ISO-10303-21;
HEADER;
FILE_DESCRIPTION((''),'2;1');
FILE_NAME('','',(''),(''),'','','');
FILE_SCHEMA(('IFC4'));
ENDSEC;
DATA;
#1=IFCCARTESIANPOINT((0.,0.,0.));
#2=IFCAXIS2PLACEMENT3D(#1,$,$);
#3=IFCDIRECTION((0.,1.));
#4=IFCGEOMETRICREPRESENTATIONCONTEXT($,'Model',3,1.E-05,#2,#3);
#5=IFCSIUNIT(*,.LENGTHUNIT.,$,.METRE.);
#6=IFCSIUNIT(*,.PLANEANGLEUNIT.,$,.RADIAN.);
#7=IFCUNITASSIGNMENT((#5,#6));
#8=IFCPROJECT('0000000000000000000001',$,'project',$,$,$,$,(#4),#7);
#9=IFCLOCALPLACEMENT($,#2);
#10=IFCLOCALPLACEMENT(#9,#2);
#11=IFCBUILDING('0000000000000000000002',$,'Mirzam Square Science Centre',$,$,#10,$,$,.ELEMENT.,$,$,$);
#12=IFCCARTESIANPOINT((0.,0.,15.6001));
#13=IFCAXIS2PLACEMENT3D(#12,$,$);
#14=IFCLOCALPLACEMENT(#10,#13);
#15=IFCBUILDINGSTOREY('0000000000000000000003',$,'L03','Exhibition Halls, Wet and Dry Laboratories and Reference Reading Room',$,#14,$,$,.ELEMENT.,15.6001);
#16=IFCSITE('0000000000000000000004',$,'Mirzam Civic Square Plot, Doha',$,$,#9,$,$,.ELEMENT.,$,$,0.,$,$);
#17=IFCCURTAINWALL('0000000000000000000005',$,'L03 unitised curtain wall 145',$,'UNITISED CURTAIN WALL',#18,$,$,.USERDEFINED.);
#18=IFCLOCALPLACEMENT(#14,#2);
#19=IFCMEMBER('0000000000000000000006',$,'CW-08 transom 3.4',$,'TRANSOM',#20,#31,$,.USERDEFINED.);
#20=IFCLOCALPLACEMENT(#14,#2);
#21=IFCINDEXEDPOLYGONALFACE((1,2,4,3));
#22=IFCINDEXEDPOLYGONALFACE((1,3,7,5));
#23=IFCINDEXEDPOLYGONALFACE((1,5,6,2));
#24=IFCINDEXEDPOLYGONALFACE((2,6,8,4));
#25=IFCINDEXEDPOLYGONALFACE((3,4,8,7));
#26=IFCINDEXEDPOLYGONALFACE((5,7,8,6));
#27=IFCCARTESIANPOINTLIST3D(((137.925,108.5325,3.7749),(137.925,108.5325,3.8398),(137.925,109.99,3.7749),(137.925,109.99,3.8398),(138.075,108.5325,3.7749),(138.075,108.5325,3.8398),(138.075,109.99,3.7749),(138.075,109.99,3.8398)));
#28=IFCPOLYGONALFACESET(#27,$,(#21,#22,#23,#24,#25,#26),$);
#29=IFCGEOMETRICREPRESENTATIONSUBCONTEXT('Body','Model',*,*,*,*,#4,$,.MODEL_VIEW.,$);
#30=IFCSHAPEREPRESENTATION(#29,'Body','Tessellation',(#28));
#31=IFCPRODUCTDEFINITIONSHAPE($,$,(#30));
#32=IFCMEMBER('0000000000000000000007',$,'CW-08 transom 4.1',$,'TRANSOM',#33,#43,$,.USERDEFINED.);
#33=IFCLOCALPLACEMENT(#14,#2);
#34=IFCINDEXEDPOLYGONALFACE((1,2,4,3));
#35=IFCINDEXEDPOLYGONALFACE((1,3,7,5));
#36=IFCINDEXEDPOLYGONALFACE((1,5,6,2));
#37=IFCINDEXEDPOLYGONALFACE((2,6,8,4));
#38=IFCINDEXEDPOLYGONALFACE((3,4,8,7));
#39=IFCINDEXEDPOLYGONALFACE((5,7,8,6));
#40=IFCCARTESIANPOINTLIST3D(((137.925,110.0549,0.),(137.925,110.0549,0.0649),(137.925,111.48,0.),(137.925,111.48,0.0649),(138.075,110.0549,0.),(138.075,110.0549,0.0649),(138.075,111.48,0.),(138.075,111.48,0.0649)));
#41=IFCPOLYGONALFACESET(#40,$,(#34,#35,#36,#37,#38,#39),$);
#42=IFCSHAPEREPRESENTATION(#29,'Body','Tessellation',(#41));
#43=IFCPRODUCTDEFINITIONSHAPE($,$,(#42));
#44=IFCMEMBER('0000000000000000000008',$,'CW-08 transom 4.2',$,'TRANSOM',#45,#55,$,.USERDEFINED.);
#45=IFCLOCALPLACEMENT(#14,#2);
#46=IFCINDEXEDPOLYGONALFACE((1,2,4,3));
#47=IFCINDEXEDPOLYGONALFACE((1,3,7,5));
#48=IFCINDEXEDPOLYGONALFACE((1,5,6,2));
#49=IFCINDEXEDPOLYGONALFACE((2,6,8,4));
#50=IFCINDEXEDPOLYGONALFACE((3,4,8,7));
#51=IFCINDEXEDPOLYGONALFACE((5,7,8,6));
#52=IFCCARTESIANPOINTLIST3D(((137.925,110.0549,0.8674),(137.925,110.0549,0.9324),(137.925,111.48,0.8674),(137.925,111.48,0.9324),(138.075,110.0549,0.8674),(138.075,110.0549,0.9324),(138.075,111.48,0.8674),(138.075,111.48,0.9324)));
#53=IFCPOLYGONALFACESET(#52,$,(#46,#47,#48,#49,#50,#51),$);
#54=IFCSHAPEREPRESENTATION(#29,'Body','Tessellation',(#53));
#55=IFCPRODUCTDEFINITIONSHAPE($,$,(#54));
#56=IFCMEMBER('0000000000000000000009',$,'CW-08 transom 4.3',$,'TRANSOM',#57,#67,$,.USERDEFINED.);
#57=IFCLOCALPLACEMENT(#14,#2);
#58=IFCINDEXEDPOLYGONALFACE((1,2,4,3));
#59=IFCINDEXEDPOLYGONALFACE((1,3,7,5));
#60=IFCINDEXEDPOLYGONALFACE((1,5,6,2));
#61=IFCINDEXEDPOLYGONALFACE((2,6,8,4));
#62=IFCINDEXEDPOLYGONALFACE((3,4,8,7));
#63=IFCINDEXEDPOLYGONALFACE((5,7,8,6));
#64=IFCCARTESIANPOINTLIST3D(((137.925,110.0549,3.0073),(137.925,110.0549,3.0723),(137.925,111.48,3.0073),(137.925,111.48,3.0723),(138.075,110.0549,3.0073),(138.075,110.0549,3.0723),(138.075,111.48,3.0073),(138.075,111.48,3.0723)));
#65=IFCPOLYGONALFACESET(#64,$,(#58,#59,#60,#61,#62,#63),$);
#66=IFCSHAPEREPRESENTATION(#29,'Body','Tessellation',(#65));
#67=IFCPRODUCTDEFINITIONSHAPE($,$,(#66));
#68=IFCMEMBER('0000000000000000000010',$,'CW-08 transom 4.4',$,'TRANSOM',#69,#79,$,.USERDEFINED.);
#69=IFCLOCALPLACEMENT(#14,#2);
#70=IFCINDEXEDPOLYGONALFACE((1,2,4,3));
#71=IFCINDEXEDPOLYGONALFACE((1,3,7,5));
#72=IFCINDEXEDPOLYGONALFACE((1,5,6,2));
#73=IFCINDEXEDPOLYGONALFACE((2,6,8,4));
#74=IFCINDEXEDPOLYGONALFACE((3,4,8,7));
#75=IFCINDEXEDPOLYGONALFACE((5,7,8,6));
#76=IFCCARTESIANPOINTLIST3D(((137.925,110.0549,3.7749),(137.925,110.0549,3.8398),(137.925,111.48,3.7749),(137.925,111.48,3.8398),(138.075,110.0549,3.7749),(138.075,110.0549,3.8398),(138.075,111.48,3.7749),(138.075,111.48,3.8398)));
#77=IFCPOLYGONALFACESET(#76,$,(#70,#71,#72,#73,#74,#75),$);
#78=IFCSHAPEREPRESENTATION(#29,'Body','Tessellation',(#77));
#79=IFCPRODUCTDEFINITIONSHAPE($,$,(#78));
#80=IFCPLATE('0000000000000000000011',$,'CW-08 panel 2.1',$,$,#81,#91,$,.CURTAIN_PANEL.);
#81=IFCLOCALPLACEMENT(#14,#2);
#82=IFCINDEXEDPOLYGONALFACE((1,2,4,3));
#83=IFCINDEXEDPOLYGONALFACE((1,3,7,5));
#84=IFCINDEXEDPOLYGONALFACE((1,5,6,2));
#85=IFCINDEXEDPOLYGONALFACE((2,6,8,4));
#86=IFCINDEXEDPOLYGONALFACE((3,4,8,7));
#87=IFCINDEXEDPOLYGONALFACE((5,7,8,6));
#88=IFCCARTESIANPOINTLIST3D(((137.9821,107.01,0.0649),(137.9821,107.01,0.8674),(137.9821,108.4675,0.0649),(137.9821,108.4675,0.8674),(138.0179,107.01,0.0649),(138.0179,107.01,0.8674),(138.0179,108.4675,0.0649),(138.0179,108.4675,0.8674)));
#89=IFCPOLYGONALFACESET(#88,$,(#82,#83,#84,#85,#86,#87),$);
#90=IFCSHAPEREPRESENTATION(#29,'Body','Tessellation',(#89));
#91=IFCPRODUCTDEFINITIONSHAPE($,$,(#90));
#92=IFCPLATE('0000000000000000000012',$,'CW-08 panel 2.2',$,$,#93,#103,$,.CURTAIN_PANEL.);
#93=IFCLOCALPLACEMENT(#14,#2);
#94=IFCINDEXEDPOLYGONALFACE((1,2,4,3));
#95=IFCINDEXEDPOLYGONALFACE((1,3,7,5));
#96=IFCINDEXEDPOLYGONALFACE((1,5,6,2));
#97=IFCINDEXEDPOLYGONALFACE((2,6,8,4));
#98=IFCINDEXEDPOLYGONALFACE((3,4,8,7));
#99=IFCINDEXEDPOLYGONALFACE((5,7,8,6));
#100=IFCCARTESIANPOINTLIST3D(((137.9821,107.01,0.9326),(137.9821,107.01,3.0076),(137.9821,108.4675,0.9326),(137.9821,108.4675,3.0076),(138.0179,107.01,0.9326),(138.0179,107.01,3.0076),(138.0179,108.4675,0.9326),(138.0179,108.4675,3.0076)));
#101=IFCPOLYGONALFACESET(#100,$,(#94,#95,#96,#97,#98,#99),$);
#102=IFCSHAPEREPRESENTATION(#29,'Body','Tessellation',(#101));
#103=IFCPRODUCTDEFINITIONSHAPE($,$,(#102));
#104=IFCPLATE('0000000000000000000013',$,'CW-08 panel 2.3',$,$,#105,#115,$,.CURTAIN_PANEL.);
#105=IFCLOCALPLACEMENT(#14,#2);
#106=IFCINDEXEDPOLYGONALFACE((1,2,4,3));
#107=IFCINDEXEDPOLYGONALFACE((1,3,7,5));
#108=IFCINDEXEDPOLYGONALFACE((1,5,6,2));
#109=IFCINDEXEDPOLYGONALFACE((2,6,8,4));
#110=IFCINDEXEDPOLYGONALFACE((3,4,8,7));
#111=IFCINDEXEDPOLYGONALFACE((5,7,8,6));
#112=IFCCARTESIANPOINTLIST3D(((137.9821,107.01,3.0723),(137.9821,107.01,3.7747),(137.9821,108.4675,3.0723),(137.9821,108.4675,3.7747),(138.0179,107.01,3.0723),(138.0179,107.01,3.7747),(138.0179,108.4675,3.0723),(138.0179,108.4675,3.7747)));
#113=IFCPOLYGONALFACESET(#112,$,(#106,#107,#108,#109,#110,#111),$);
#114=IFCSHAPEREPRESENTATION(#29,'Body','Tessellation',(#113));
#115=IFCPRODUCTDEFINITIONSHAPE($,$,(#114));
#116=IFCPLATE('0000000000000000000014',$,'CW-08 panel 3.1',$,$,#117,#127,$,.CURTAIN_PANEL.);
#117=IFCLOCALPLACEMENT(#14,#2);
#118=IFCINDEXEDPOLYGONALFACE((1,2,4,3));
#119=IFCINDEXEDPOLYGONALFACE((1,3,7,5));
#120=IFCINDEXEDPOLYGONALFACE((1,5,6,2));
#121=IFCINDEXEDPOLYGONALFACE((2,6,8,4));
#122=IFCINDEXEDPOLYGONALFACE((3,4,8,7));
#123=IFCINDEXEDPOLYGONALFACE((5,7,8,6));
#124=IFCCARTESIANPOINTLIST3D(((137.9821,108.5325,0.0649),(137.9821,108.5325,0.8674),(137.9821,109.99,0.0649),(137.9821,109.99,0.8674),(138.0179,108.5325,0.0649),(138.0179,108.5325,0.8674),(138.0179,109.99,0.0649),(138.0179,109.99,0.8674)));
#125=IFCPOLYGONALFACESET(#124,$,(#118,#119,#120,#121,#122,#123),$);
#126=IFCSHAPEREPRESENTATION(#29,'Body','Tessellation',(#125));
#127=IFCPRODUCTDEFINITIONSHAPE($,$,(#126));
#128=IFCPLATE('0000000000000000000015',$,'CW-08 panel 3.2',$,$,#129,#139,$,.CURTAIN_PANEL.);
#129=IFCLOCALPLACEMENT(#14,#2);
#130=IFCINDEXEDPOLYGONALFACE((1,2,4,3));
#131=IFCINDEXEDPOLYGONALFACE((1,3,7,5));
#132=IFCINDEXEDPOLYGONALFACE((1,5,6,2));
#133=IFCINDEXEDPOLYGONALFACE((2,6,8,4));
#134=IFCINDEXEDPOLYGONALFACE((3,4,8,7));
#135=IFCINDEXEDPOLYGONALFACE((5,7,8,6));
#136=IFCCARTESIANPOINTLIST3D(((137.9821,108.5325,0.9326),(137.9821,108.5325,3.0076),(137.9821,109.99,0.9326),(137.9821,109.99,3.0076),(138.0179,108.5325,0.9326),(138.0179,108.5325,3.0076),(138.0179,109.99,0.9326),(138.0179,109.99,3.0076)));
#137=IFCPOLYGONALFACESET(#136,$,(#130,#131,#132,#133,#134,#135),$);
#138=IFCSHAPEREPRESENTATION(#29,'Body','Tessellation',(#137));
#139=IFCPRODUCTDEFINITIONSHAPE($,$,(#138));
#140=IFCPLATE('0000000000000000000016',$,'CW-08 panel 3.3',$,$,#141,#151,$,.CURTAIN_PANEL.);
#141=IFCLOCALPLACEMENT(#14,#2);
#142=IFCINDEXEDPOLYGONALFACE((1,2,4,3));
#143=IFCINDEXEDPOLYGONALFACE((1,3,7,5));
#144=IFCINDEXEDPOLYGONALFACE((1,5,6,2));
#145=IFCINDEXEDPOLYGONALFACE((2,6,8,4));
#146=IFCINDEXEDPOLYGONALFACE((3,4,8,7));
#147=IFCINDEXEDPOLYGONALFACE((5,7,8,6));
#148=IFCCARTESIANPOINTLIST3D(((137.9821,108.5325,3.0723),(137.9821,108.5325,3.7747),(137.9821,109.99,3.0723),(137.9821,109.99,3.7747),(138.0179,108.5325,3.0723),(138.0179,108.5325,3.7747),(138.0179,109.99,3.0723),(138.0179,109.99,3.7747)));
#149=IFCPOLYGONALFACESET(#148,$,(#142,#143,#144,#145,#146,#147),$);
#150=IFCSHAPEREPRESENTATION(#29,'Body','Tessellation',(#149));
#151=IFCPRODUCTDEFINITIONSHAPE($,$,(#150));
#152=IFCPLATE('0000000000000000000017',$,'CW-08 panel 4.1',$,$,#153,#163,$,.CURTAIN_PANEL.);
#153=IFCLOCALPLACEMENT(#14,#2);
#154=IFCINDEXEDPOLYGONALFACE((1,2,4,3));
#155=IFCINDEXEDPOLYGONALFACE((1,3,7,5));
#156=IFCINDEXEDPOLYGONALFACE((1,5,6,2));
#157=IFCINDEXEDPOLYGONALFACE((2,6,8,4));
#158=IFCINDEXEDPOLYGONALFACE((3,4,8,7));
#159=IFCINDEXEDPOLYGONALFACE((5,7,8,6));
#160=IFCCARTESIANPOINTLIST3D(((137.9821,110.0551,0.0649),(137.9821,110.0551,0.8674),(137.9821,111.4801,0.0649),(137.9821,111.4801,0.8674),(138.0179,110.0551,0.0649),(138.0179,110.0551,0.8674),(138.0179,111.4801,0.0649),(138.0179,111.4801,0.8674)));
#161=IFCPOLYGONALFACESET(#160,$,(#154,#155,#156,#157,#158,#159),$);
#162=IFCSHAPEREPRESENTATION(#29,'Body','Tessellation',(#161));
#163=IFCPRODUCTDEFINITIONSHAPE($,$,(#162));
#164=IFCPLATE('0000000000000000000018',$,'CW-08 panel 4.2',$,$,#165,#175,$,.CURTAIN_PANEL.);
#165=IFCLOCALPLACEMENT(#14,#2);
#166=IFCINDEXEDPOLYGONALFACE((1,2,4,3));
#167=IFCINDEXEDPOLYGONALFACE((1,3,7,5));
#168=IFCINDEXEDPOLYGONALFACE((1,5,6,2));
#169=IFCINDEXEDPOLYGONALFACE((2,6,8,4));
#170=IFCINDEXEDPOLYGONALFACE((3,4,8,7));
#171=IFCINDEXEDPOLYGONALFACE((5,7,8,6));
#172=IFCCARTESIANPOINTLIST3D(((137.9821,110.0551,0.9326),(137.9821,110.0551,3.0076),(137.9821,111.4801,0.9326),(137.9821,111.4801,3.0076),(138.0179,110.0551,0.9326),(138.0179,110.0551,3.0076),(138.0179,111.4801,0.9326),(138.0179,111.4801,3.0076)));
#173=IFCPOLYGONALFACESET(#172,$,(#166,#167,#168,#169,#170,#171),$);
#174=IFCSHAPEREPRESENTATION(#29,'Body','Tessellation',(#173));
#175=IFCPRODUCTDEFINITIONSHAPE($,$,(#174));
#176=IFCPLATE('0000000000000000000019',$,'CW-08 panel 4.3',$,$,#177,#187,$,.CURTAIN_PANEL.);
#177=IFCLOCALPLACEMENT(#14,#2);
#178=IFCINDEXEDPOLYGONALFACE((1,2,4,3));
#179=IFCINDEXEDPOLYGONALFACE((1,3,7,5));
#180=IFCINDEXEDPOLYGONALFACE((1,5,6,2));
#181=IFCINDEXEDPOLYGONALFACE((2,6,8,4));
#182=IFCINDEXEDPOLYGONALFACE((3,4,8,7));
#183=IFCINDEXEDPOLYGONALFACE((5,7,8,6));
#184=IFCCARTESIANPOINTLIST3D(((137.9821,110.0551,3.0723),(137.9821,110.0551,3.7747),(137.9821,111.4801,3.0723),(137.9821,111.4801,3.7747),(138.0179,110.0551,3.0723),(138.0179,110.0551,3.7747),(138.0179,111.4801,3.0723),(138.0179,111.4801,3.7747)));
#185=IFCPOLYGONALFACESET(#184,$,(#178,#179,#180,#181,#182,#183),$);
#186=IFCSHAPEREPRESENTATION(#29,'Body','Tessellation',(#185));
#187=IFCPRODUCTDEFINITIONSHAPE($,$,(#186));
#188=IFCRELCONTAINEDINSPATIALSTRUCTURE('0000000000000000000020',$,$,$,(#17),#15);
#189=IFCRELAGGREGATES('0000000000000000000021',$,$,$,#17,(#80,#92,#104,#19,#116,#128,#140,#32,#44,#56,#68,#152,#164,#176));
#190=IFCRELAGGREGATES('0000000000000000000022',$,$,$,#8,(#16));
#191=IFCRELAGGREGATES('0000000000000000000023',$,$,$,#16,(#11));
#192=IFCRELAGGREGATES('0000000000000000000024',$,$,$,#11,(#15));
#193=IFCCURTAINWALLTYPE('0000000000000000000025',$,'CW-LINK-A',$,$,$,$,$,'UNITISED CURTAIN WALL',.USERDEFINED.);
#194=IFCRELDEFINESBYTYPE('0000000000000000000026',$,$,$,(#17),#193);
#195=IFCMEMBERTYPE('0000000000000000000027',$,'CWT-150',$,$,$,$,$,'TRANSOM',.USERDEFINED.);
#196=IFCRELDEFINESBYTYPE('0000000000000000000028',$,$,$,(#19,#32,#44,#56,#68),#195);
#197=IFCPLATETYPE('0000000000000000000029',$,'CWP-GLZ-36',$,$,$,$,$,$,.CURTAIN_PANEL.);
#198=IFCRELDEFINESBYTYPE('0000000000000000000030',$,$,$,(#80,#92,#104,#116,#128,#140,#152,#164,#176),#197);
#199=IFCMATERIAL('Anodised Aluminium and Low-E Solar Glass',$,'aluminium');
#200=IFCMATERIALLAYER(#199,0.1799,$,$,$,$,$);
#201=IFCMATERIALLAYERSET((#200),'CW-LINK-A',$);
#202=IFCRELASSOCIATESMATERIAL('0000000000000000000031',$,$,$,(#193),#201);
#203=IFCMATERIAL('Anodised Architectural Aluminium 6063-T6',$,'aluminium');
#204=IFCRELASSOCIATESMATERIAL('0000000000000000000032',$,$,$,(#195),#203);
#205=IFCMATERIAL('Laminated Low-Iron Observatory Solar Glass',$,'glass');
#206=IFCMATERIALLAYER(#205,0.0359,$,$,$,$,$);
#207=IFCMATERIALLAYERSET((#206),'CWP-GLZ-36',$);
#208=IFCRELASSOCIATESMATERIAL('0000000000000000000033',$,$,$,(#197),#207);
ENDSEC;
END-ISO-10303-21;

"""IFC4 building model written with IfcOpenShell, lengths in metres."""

from ifc_helpers import new_model, si_unit, direction, frame, origin, origin_2d, place, context, subcontext, project, spatial, rectangle, extrude, material, layer, layer_set, material_profile, profile_set, type_object, element, aggregate, save


model = new_model("IFC4")

# Units and contexts
model_context = context("Model", 3, precision=1e-05, world=origin(), true_north=direction((0.0, 1.0)))
body_context = subcontext(model_context, "Body", "Model", "MODEL_VIEW")
ifc_project = project(units=[si_unit("LENGTHUNIT", "METRE"), si_unit("PLANEANGLEUNIT", "RADIAN")], contexts=[model_context])

# Site, building, storey
site_placement = place(None, origin())
site = spatial("IfcSite", under=ifc_project, at=site_placement, Name="Mirzam Civic Square Plot, Doha", CompositionType="ELEMENT", RefElevation=0.0)
building_placement = place(site_placement, origin())
building = spatial("IfcBuilding", under=site, at=building_placement, Name="Mirzam Square Science Centre", CompositionType="ELEMENT")
storey_placement = place(building_placement, frame((0.0, 0.0, 15.6001)))
storey = spatial("IfcBuildingStorey", under=building, at=storey_placement, Name="L03", Description="Exhibition Halls, Wet and Dry Laboratories and Reference Reading Room", CompositionType="ELEMENT", Elevation=15.6001)

# Curtain wall, members, plates
ifc_material_1 = material(Name="Anodised Aluminium and Low-E Solar Glass", Category="aluminium")
ifc_layer_1 = layer(ifc_material_1, 0.1799)
ifc_layer_set_1 = layer_set([ifc_layer_1], Name="CW-LINK-A")
curtain_wall_type = type_object("IfcCurtainWallType", Name="CW-LINK-A", ElementType="UNITISED CURTAIN WALL", PredefinedType="USERDEFINED", material=ifc_layer_set_1)
curtain_wall_placement = place(storey_placement, origin())
curtain_wall = element("IfcCurtainWall", 1, at=curtain_wall_placement, inside=storey, type_object=curtain_wall_type, Name="L03 unitised curtain wall 145", ObjectType="UNITISED CURTAIN WALL", PredefinedType="USERDEFINED")
ifc_material_2 = material(Name="Anodised Architectural Aluminium 6063-T6", Category="aluminium")
ifc_material_profile_1 = material_profile(ifc_material_2, rectangle(XDim=0.1499, YDim=0.0649, at=origin_2d()), Name="ALU-TRAN-150x65x4")
ifc_profile_set_1 = profile_set([ifc_material_profile_1], Name="Anodised Architectural Aluminium 6063-T6")
member_type_1 = type_object("IfcMemberType", Name="CWT-150", ElementType="TRANSOM", PredefinedType="USERDEFINED", material=ifc_profile_set_1)
member_1_placement = place(storey_placement, frame((138.0, 108.5325, 3.8074), z_axis=(0.0, 1.0, 0.0), x_axis=(-1.0, 0.0, 0.0)))
member_1 = element("IfcMember", 2, at=member_1_placement, type_object=member_type_1, Name="CW-08 transom 3.4", ObjectType="TRANSOM", PredefinedType="USERDEFINED", context=body_context, shape_type="SweptSolid", body=[
    extrude(rectangle(XDim=0.1499, YDim=0.0649, at=origin_2d()), origin(), (0.0, 0.0, 1.0), 1.4575),
])
member_2_placement = place(storey_placement, frame((138.0, 110.0549, 0.0325), z_axis=(0.0, 1.0, 0.0), x_axis=(-1.0, 0.0, 0.0)))
member_2 = element("IfcMember", 3, at=member_2_placement, type_object=member_type_1, Name="CW-08 transom 4.1", ObjectType="TRANSOM", PredefinedType="USERDEFINED", context=body_context, shape_type="SweptSolid", body=[
    extrude(rectangle(XDim=0.1499, YDim=0.0649, at=origin_2d()), origin(), (0.0, 0.0, 1.0), 1.425),
])
member_3_placement = place(storey_placement, frame((138.0, 110.0549, 0.8999), z_axis=(0.0, 1.0, 0.0), x_axis=(-1.0, 0.0, 0.0)))
member_3 = element("IfcMember", 4, at=member_3_placement, type_object=member_type_1, Name="CW-08 transom 4.2", ObjectType="TRANSOM", PredefinedType="USERDEFINED", context=body_context, shape_type="SweptSolid", body=[
    extrude(rectangle(XDim=0.1499, YDim=0.0649, at=origin_2d()), origin(), (0.0, 0.0, 1.0), 1.425),
])
member_4_placement = place(storey_placement, frame((138.0, 110.0549, 3.0398), z_axis=(0.0, 1.0, 0.0), x_axis=(-1.0, 0.0, 0.0)))
member_4 = element("IfcMember", 5, at=member_4_placement, type_object=member_type_1, Name="CW-08 transom 4.3", ObjectType="TRANSOM", PredefinedType="USERDEFINED", context=body_context, shape_type="SweptSolid", body=[
    extrude(rectangle(XDim=0.1499, YDim=0.0649, at=origin_2d()), origin(), (0.0, 0.0, 1.0), 1.425),
])
member_5_placement = place(storey_placement, frame((138.0, 110.0549, 3.8074), z_axis=(0.0, 1.0, 0.0), x_axis=(-1.0, 0.0, 0.0)))
member_5 = element("IfcMember", 6, at=member_5_placement, type_object=member_type_1, Name="CW-08 transom 4.4", ObjectType="TRANSOM", PredefinedType="USERDEFINED", context=body_context, shape_type="SweptSolid", body=[
    extrude(rectangle(XDim=0.1499, YDim=0.0649, at=origin_2d()), origin(), (0.0, 0.0, 1.0), 1.425),
])
ifc_material_3 = material(Name="Laminated Low-Iron Observatory Solar Glass", Category="glass")
ifc_layer_2 = layer(ifc_material_3, 0.0359)
ifc_layer_set_2 = layer_set([ifc_layer_2], Name="CWP-GLZ-36")
plate_type = type_object("IfcPlateType", Name="CWP-GLZ-36", PredefinedType="CURTAIN_PANEL", material=ifc_layer_set_2)
plate_1_placement = place(storey_placement, frame((138.0, 107.7388, 0.0649), z_axis=(0.0, 0.0, 1.0), x_axis=(0.0, 1.0, 0.0)))
plate_1 = element("IfcPlate", 7, at=plate_1_placement, type_object=plate_type, Name="CW-08 panel 2.1", PredefinedType="CURTAIN_PANEL", context=body_context, shape_type="SweptSolid", body=[
    extrude(rectangle(XDim=1.4575, YDim=0.0359, at=origin_2d()), origin(), (0.0, 0.0, 1.0), 0.8025),
])
plate_2_placement = place(storey_placement, frame((138.0, 107.7388, 0.9326), z_axis=(0.0, 0.0, 1.0), x_axis=(0.0, 1.0, 0.0)))
plate_2 = element("IfcPlate", 8, at=plate_2_placement, type_object=plate_type, Name="CW-08 panel 2.2", PredefinedType="CURTAIN_PANEL", context=body_context, shape_type="SweptSolid", body=[
    extrude(rectangle(XDim=1.4575, YDim=0.0359, at=origin_2d()), origin(), (0.0, 0.0, 1.0), 2.075),
])
plate_3_placement = place(storey_placement, frame((138.0, 107.7388, 3.0723), z_axis=(0.0, 0.0, 1.0), x_axis=(0.0, 1.0, 0.0)))
plate_3 = element("IfcPlate", 9, at=plate_3_placement, type_object=plate_type, Name="CW-08 panel 2.3", PredefinedType="CURTAIN_PANEL", context=body_context, shape_type="SweptSolid", body=[
    extrude(rectangle(XDim=1.4575, YDim=0.0359, at=origin_2d()), origin(), (0.0, 0.0, 1.0), 0.7024),
])
plate_4_placement = place(storey_placement, frame((138.0, 109.2612, 0.0649), z_axis=(0.0, 0.0, 1.0), x_axis=(0.0, 1.0, 0.0)))
plate_4 = element("IfcPlate", 10, at=plate_4_placement, type_object=plate_type, Name="CW-08 panel 3.1", PredefinedType="CURTAIN_PANEL", context=body_context, shape_type="SweptSolid", body=[
    extrude(rectangle(XDim=1.4575, YDim=0.0359, at=origin_2d()), origin(), (0.0, 0.0, 1.0), 0.8025),
])
plate_5_placement = place(storey_placement, frame((138.0, 109.2612, 0.9326), z_axis=(0.0, 0.0, 1.0), x_axis=(0.0, 1.0, 0.0)))
plate_5 = element("IfcPlate", 11, at=plate_5_placement, type_object=plate_type, Name="CW-08 panel 3.2", PredefinedType="CURTAIN_PANEL", context=body_context, shape_type="SweptSolid", body=[
    extrude(rectangle(XDim=1.4575, YDim=0.0359, at=origin_2d()), origin(), (0.0, 0.0, 1.0), 2.075),
])
plate_6_placement = place(storey_placement, frame((138.0, 109.2612, 3.0723), z_axis=(0.0, 0.0, 1.0), x_axis=(0.0, 1.0, 0.0)))
plate_6 = element("IfcPlate", 12, at=plate_6_placement, type_object=plate_type, Name="CW-08 panel 3.3", PredefinedType="CURTAIN_PANEL", context=body_context, shape_type="SweptSolid", body=[
    extrude(rectangle(XDim=1.4575, YDim=0.0359, at=origin_2d()), origin(), (0.0, 0.0, 1.0), 0.7024),
])
plate_7_placement = place(storey_placement, frame((138.0, 110.7676, 0.0649), z_axis=(0.0, 0.0, 1.0), x_axis=(0.0, 1.0, 0.0)))
plate_7 = element("IfcPlate", 13, at=plate_7_placement, type_object=plate_type, Name="CW-08 panel 4.1", PredefinedType="CURTAIN_PANEL", context=body_context, shape_type="SweptSolid", body=[
    extrude(rectangle(XDim=1.425, YDim=0.0359, at=origin_2d()), origin(), (0.0, 0.0, 1.0), 0.8025),
])
plate_8_placement = place(storey_placement, frame((138.0, 110.7676, 0.9326), z_axis=(0.0, 0.0, 1.0), x_axis=(0.0, 1.0, 0.0)))
plate_8 = element("IfcPlate", 14, at=plate_8_placement, type_object=plate_type, Name="CW-08 panel 4.2", PredefinedType="CURTAIN_PANEL", context=body_context, shape_type="SweptSolid", body=[
    extrude(rectangle(XDim=1.425, YDim=0.0359, at=origin_2d()), origin(), (0.0, 0.0, 1.0), 2.075),
])
plate_9_placement = place(storey_placement, frame((138.0, 110.7676, 3.0723), z_axis=(0.0, 0.0, 1.0), x_axis=(0.0, 1.0, 0.0)))
plate_9 = element("IfcPlate", 15, at=plate_9_placement, type_object=plate_type, Name="CW-08 panel 4.3", PredefinedType="CURTAIN_PANEL", context=body_context, shape_type="SweptSolid", body=[
    extrude(rectangle(XDim=1.425, YDim=0.0359, at=origin_2d()), origin(), (0.0, 0.0, 1.0), 0.7024),
])
aggregate(curtain_wall, [plate_1, plate_2, plate_3, member_1, plate_4, plate_5, plate_6, member_2, member_3, member_4, member_5, plate_7, plate_8, plate_9])

save(model, "model.ifc")
